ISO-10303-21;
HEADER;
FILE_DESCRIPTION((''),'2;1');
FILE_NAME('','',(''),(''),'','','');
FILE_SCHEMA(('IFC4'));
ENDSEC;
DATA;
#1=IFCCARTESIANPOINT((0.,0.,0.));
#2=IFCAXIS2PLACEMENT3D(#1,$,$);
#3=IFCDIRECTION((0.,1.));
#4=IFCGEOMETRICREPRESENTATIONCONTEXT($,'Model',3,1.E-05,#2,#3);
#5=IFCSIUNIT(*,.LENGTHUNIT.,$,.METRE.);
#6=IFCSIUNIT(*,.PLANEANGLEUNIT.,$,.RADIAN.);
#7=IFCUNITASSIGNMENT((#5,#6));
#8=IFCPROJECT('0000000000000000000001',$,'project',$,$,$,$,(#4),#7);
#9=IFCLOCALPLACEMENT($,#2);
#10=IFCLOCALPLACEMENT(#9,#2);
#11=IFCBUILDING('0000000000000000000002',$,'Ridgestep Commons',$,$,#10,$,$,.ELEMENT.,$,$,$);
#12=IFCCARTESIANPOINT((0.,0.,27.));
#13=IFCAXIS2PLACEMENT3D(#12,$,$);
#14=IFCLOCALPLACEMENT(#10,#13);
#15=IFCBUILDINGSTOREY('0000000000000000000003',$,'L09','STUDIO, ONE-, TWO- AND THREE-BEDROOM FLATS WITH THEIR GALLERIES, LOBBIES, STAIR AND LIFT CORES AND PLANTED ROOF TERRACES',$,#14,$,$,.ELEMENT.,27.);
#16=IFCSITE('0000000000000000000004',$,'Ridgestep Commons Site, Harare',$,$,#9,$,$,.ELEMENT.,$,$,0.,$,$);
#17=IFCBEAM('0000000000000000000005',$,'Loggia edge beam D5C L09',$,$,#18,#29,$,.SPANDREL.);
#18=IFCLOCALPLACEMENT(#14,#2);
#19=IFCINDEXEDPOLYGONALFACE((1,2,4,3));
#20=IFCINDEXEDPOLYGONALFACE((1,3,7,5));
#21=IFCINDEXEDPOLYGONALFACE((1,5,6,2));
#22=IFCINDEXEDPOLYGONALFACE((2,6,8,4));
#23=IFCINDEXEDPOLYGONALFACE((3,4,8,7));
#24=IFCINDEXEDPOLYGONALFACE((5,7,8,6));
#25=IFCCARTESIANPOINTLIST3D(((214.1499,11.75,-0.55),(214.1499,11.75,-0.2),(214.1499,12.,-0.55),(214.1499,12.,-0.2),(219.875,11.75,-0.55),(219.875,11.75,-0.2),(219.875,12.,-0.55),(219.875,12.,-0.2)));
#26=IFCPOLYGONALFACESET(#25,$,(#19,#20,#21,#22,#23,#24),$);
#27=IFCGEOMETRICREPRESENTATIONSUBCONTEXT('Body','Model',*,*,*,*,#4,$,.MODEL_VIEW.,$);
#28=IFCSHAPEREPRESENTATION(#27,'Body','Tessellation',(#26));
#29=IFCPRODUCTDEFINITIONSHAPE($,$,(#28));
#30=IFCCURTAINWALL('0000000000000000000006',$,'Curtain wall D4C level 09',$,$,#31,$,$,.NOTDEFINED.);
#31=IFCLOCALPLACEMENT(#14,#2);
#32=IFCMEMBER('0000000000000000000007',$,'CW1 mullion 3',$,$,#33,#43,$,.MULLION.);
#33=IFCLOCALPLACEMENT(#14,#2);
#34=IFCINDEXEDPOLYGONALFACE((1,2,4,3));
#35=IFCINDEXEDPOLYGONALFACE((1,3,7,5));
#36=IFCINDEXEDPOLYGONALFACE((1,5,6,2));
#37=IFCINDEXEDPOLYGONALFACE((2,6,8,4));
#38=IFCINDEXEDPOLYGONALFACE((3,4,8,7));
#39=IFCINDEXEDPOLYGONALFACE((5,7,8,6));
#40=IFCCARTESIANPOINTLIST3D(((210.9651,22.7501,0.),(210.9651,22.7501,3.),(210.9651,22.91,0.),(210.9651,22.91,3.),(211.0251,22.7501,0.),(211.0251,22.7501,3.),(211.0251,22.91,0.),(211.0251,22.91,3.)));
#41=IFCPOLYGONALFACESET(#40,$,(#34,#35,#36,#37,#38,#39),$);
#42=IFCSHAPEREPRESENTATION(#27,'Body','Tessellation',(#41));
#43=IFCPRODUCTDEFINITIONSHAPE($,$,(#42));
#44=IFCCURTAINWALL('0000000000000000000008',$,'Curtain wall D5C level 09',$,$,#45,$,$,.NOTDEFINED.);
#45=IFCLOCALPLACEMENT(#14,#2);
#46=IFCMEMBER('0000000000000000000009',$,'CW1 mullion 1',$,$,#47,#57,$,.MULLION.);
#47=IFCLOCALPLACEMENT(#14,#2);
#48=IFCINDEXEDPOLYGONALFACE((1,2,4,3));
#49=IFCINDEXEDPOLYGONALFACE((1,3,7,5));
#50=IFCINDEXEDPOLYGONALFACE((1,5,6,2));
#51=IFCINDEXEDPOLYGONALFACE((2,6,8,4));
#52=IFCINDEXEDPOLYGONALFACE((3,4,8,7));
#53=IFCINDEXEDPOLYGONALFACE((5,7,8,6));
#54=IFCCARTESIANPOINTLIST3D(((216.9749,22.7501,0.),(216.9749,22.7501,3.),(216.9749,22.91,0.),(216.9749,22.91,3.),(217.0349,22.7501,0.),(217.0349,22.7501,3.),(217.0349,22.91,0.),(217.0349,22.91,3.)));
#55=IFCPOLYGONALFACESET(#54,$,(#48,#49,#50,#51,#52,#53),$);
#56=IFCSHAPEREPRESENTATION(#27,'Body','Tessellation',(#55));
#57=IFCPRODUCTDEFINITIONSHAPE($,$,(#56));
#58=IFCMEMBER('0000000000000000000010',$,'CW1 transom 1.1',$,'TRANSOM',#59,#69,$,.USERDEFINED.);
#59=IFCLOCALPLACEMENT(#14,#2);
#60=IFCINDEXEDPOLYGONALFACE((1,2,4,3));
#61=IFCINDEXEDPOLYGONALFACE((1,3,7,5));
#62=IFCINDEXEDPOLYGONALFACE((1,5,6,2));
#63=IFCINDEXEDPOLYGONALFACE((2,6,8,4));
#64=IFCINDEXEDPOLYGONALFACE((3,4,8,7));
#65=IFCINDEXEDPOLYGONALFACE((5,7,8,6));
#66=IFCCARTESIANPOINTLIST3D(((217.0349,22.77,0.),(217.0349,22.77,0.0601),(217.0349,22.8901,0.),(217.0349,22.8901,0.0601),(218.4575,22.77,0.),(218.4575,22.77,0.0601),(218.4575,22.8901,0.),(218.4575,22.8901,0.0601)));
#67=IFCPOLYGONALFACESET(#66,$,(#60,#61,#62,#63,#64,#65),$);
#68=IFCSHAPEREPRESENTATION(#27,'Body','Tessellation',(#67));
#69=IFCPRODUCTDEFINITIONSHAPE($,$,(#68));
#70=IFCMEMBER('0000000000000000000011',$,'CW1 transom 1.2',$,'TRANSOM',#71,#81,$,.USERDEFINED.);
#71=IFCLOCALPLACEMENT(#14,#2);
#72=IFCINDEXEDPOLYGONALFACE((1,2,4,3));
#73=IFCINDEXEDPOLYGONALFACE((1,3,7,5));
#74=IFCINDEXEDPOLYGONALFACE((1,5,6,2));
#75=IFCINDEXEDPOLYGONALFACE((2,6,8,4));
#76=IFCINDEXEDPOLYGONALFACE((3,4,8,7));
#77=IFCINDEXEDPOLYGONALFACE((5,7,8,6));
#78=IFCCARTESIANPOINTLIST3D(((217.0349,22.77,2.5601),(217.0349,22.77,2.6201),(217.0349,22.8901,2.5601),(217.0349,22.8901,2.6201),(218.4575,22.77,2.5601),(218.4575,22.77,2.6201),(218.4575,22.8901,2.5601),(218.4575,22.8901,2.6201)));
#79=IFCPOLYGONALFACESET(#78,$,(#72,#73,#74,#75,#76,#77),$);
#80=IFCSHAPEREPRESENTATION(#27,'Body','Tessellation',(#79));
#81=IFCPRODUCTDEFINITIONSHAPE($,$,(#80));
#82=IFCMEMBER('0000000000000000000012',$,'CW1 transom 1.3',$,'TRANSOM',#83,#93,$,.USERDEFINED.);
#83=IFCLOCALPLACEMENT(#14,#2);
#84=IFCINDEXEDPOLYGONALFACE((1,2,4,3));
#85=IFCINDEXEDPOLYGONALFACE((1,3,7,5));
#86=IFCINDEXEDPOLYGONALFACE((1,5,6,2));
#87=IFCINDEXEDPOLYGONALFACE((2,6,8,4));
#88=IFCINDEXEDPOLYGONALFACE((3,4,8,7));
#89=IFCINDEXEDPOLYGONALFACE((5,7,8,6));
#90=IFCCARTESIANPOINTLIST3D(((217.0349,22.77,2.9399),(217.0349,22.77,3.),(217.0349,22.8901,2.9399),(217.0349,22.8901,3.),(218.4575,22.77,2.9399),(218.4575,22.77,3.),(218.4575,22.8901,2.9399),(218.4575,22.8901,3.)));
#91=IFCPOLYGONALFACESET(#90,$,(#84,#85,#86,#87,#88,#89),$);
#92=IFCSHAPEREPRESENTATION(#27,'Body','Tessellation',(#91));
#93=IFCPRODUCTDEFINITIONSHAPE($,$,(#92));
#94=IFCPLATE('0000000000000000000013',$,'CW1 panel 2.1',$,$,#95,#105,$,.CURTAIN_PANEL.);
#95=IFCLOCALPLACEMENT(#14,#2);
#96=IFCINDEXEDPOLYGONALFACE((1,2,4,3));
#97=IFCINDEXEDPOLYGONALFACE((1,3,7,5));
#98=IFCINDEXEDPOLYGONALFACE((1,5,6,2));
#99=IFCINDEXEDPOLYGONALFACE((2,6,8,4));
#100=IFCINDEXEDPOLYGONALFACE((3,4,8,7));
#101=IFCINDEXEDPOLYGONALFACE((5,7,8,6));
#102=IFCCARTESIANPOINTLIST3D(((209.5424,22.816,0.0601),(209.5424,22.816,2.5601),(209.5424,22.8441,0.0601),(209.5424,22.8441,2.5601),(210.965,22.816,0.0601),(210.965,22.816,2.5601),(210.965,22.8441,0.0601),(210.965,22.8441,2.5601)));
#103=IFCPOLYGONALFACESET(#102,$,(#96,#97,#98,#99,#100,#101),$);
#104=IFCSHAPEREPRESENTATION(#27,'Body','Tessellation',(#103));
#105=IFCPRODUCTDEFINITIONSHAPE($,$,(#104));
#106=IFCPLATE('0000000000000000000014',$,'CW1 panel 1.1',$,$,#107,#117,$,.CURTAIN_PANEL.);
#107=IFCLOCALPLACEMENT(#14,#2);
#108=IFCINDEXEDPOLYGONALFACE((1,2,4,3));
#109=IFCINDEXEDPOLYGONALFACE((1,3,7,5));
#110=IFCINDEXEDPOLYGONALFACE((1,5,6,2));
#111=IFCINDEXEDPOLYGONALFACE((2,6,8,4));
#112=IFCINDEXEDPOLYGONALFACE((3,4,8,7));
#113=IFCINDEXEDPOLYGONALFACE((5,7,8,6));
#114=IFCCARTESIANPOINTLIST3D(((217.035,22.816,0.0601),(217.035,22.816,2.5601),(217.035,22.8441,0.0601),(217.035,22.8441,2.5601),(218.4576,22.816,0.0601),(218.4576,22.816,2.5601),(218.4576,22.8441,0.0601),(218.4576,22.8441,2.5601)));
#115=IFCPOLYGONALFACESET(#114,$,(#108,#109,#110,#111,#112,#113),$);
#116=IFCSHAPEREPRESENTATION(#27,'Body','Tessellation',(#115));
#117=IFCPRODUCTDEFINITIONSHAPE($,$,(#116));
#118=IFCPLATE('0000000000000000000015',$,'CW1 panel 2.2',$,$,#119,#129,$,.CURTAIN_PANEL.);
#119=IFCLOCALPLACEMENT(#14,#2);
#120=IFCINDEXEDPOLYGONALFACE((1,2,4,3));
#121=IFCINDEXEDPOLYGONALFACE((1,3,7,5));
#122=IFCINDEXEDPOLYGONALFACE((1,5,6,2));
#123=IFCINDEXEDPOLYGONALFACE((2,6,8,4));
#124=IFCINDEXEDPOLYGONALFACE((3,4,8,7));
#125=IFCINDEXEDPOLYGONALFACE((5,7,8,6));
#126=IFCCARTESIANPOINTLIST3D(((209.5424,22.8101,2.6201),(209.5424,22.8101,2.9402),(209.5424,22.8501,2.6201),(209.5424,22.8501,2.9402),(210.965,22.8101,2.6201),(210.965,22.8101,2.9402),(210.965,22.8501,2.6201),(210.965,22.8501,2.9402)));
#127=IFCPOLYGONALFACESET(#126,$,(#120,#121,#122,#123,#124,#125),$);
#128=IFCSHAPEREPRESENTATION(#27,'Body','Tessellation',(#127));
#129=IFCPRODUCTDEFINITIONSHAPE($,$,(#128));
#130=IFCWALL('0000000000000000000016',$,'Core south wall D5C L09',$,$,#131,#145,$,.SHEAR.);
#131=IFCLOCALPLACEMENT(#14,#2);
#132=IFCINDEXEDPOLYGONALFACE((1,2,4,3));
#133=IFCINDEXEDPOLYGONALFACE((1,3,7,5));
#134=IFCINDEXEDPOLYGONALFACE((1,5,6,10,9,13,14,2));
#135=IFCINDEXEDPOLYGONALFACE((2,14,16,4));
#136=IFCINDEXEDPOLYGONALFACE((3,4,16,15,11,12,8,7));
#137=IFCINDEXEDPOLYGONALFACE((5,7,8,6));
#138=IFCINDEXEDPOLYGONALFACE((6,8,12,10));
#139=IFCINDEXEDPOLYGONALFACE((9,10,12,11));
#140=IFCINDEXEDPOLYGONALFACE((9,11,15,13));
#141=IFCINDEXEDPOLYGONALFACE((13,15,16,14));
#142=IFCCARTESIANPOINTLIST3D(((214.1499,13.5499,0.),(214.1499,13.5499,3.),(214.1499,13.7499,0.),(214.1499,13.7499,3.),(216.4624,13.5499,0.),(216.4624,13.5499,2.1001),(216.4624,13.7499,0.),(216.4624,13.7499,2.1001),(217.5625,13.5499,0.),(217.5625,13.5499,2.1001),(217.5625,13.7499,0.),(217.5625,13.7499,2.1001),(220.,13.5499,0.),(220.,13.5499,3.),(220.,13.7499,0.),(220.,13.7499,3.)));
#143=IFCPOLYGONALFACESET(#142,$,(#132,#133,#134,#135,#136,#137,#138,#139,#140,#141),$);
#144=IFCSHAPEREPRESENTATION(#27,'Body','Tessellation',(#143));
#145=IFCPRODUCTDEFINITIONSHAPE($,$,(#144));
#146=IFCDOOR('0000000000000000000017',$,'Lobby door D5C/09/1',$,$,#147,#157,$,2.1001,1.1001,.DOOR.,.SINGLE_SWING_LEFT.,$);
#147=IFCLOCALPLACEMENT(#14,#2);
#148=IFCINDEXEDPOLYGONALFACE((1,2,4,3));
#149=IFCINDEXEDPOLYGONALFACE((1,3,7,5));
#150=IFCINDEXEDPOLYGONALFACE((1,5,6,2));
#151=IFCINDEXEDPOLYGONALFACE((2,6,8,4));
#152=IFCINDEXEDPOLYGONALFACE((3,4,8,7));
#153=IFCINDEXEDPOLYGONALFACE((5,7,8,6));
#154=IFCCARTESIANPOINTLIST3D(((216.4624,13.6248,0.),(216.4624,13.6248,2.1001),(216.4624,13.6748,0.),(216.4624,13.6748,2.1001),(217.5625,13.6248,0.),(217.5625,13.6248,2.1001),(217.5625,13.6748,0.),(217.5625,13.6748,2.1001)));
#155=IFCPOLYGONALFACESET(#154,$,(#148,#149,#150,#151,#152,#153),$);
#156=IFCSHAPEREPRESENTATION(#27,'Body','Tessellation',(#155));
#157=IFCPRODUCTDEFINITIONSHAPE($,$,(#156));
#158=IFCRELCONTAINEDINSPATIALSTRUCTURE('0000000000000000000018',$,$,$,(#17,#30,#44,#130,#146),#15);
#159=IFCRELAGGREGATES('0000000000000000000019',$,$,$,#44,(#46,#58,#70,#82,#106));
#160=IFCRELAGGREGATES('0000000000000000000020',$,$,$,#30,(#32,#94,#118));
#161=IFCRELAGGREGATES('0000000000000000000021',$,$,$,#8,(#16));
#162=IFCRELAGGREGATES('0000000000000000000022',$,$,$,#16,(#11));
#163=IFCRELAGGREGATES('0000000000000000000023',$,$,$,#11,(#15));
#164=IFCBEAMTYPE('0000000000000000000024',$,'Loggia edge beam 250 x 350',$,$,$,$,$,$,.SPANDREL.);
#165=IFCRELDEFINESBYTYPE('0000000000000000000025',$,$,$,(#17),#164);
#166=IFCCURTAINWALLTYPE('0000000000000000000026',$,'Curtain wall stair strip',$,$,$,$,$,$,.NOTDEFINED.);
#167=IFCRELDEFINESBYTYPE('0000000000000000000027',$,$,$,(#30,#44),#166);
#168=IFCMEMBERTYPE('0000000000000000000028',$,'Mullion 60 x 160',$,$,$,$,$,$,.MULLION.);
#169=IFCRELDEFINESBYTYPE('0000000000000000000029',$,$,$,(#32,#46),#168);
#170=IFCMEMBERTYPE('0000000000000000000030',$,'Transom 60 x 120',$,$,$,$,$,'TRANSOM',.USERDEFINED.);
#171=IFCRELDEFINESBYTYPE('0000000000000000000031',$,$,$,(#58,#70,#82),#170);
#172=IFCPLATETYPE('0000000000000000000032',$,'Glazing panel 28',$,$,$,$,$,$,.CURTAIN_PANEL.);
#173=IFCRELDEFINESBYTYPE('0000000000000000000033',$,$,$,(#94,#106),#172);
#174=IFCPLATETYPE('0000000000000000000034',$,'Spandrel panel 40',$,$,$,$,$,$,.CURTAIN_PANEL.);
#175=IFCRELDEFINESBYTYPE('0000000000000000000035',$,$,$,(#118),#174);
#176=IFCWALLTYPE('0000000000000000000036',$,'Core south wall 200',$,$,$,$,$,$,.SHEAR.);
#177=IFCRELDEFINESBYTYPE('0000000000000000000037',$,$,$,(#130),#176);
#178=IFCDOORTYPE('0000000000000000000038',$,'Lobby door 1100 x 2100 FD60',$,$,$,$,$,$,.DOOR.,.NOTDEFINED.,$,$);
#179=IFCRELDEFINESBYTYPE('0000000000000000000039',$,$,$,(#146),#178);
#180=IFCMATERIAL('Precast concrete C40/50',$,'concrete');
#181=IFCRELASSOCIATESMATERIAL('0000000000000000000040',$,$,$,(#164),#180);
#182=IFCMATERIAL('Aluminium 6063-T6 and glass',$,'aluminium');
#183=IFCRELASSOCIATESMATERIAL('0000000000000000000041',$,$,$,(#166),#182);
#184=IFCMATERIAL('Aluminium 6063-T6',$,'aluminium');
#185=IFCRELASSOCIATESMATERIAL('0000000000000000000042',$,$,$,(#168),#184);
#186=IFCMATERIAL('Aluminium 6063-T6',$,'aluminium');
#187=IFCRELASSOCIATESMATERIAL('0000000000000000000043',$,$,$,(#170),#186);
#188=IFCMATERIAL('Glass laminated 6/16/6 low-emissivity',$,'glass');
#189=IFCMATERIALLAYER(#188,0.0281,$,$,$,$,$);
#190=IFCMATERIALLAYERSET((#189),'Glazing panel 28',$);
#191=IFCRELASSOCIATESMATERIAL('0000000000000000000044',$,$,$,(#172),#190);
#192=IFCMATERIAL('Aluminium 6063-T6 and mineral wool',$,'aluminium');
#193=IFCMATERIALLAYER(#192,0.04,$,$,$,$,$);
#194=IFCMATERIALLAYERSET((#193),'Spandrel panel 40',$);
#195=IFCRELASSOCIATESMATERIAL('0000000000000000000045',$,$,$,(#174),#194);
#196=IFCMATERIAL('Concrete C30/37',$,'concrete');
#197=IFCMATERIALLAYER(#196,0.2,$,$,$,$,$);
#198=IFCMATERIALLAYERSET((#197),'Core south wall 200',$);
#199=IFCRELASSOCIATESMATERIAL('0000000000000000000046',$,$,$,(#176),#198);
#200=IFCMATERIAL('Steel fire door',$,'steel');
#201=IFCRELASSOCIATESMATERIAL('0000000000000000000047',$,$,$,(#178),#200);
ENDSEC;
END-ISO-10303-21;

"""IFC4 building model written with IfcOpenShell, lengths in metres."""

from ifc_helpers import new_model, si_unit, direction, frame, frame_2d, origin, origin_2d, place, context, subcontext, project, spatial, rectangle, extrude, material, layer, layer_set, material_profile, profile_set, type_object, element, fill, aggregate, save


model = new_model("IFC4")

# Units and contexts
model_context = context("Model", 3, precision=1e-05, world=origin(), true_north=direction((0.0, 1.0)))
body_context = subcontext(model_context, "Body", "Model", "MODEL_VIEW")
ifc_project = project(units=[si_unit("LENGTHUNIT", "METRE"), si_unit("PLANEANGLEUNIT", "RADIAN")], contexts=[model_context])

# Site, building, storey
site_placement = place(None, origin())
site = spatial("IfcSite", under=ifc_project, at=site_placement, Name="Ridgestep Commons Site, Harare", CompositionType="ELEMENT", RefElevation=0.0)
building_placement = place(site_placement, origin())
building = spatial("IfcBuilding", under=site, at=building_placement, Name="Ridgestep Commons", CompositionType="ELEMENT")
storey_placement = place(building_placement, frame((0.0, 0.0, 27.0)))
storey = spatial("IfcBuildingStorey", under=building, at=storey_placement, Name="L09", Description="STUDIO, ONE-, TWO- AND THREE-BEDROOM FLATS WITH THEIR GALLERIES, LOBBIES, STAIR AND LIFT CORES AND PLANTED ROOF TERRACES", CompositionType="ELEMENT", Elevation=27.0)

# Beam
ifc_material_1 = material(Name="Precast concrete C40/50", Category="concrete")
ifc_material_profile_1 = material_profile(ifc_material_1, rectangle(XDim=0.25, YDim=0.3501, at=origin_2d()), Name="PC 250x350")
ifc_profile_set_1 = profile_set([ifc_material_profile_1], Name="Precast concrete C40/50")
beam_type = type_object("IfcBeamType", Name="Loggia edge beam 250 x 350", PredefinedType="SPANDREL", material=ifc_profile_set_1)
beam_placement = place(storey_placement, frame((214.1499, 11.875, -0.375), z_axis=(1.0, 0.0, 0.0), x_axis=(0.0, 1.0, 0.0)))
element("IfcBeam", 1, at=beam_placement, inside=storey, type_object=beam_type, Name="Loggia edge beam D5C L09", PredefinedType="SPANDREL", context=body_context, shape_type="SweptSolid", body=[
    extrude(rectangle(XDim=0.25, YDim=0.3501, at=origin_2d()), origin(), (0.0, 0.0, 1.0), 5.7251),
])

# Curtain wall, member
ifc_material_2 = material(Name="Aluminium 6063-T6 and glass", Category="aluminium")
curtain_wall_type = type_object("IfcCurtainWallType", Name="Curtain wall stair strip", PredefinedType="NOTDEFINED", material=ifc_material_2)
curtain_wall_1_placement = place(storey_placement, origin())
curtain_wall_1 = element("IfcCurtainWall", 2, at=curtain_wall_1_placement, inside=storey, type_object=curtain_wall_type, Name="Curtain wall D4C level 09", PredefinedType="NOTDEFINED")
ifc_material_3 = material(Name="Aluminium 6063-T6", Category="aluminium")
ifc_material_profile_2 = material_profile(ifc_material_3, rectangle(XDim=0.1599, YDim=0.0601, at=origin_2d()), Name="Mullion 60 x 160")
ifc_profile_set_2 = profile_set([ifc_material_profile_2], Name="Aluminium 6063-T6")
member_type_1 = type_object("IfcMemberType", Name="Mullion 60 x 160", PredefinedType="MULLION", material=ifc_profile_set_2)
member_1_placement = place(storey_placement, frame((210.9951, 22.8301, 0.0), z_axis=(0.0, 0.0, 1.0), x_axis=(0.0, 1.0, 0.0)))
member_1 = element("IfcMember", 3, at=member_1_placement, type_object=member_type_1, Name="CW1 mullion 3", PredefinedType="MULLION", context=body_context, shape_type="SweptSolid", body=[
    extrude(rectangle(XDim=0.1599, YDim=0.0601, at=origin_2d()), origin(), (0.0, 0.0, 1.0), 3.0),
])

# Curtain wall, members
curtain_wall_2_placement = place(storey_placement, origin())
curtain_wall_2 = element("IfcCurtainWall", 4, at=curtain_wall_2_placement, inside=storey, type_object=curtain_wall_type, Name="Curtain wall D5C level 09", PredefinedType="NOTDEFINED")
member_2_placement = place(storey_placement, frame((217.0049, 22.8301, 0.0), z_axis=(0.0, 0.0, 1.0), x_axis=(0.0, 1.0, 0.0)))
member_2 = element("IfcMember", 5, at=member_2_placement, type_object=member_type_1, Name="CW1 mullion 1", PredefinedType="MULLION", context=body_context, shape_type="SweptSolid", body=[
    extrude(rectangle(XDim=0.1599, YDim=0.0601, at=origin_2d()), origin(), (0.0, 0.0, 1.0), 3.0),
])
ifc_material_4 = material(Name="Aluminium 6063-T6", Category="aluminium")
ifc_material_profile_3 = material_profile(ifc_material_4, rectangle(XDim=0.1201, YDim=0.0601, at=origin_2d()), Name="Transom 60 x 120")
ifc_profile_set_3 = profile_set([ifc_material_profile_3], Name="Aluminium 6063-T6")
member_type_2 = type_object("IfcMemberType", Name="Transom 60 x 120", ElementType="TRANSOM", PredefinedType="USERDEFINED", material=ifc_profile_set_3)
member_3_placement = place(storey_placement, frame((217.0349, 22.8301, 0.03), z_axis=(1.0, 0.0, 0.0), x_axis=(0.0, 1.0, 0.0)))
member_3 = element("IfcMember", 6, at=member_3_placement, type_object=member_type_2, Name="CW1 transom 1.1", ObjectType="TRANSOM", PredefinedType="USERDEFINED", context=body_context, shape_type="SweptSolid", body=[
    extrude(rectangle(XDim=0.1201, YDim=0.0601, at=origin_2d()), origin(), (0.0, 0.0, 1.0), 1.4226),
])
member_4_placement = place(storey_placement, frame((217.0349, 22.8301, 2.5901), z_axis=(1.0, 0.0, 0.0), x_axis=(0.0, 1.0, 0.0)))
member_4 = element("IfcMember", 7, at=member_4_placement, type_object=member_type_2, Name="CW1 transom 1.2", ObjectType="TRANSOM", PredefinedType="USERDEFINED", context=body_context, shape_type="SweptSolid", body=[
    extrude(rectangle(XDim=0.1201, YDim=0.0601, at=origin_2d()), origin(), (0.0, 0.0, 1.0), 1.4226),
])
member_5_placement = place(storey_placement, frame((217.0349, 22.8301, 2.97), z_axis=(1.0, 0.0, 0.0), x_axis=(0.0, 1.0, 0.0)))
member_5 = element("IfcMember", 8, at=member_5_placement, type_object=member_type_2, Name="CW1 transom 1.3", ObjectType="TRANSOM", PredefinedType="USERDEFINED", context=body_context, shape_type="SweptSolid", body=[
    extrude(rectangle(XDim=0.1201, YDim=0.0601, at=origin_2d()), origin(), (0.0, 0.0, 1.0), 1.4226),
])

# Plates
ifc_material_5 = material(Name="Glass laminated 6/16/6 low-emissivity", Category="glass")
ifc_layer_1 = layer(ifc_material_5, 0.0281)
ifc_layer_set_1 = layer_set([ifc_layer_1], Name="Glazing panel 28")
plate_type_1 = type_object("IfcPlateType", Name="Glazing panel 28", PredefinedType="CURTAIN_PANEL", material=ifc_layer_set_1)
plate_1_placement = place(storey_placement, frame((210.2537, 22.8301, 0.0601), z_axis=(0.0, 0.0, 1.0), x_axis=(1.0, 0.0, 0.0)))
plate_1 = element("IfcPlate", 9, at=plate_1_placement, type_object=plate_type_1, Name="CW1 panel 2.1", PredefinedType="CURTAIN_PANEL", context=body_context, shape_type="SweptSolid", body=[
    extrude(rectangle(XDim=1.4226, YDim=0.0281, at=origin_2d()), origin(), (0.0, 0.0, 1.0), 2.5),
])
plate_2_placement = place(storey_placement, frame((217.7463, 22.8301, 0.0601), z_axis=(0.0, 0.0, 1.0), x_axis=(1.0, 0.0, 0.0)))
plate_2 = element("IfcPlate", 10, at=plate_2_placement, type_object=plate_type_1, Name="CW1 panel 1.1", PredefinedType="CURTAIN_PANEL", context=body_context, shape_type="SweptSolid", body=[
    extrude(rectangle(XDim=1.4226, YDim=0.0281, at=origin_2d()), origin(), (0.0, 0.0, 1.0), 2.5),
])
aggregate(curtain_wall_2, [member_2, member_3, member_4, member_5, plate_2])
ifc_material_6 = material(Name="Aluminium 6063-T6 and mineral wool", Category="aluminium")
ifc_layer_2 = layer(ifc_material_6, 0.04)
ifc_layer_set_2 = layer_set([ifc_layer_2], Name="Spandrel panel 40")
plate_type_2 = type_object("IfcPlateType", Name="Spandrel panel 40", PredefinedType="CURTAIN_PANEL", material=ifc_layer_set_2)
plate_3_placement = place(storey_placement, frame((210.2537, 22.8301, 2.6201), z_axis=(0.0, 0.0, 1.0), x_axis=(1.0, 0.0, 0.0)))
plate_3 = element("IfcPlate", 11, at=plate_3_placement, type_object=plate_type_2, Name="CW1 panel 2.2", PredefinedType="CURTAIN_PANEL", context=body_context, shape_type="SweptSolid", body=[
    extrude(rectangle(XDim=1.4226, YDim=0.04, at=origin_2d()), origin(), (0.0, 0.0, 1.0), 0.3201),
])
aggregate(curtain_wall_1, [member_1, plate_1, plate_3])

# Wall, opening, door
ifc_material_7 = material(Name="Concrete C30/37", Category="concrete")
ifc_layer_3 = layer(ifc_material_7, 0.2)
ifc_layer_set_3 = layer_set([ifc_layer_3], Name="Core south wall 200")
wall_type_1 = type_object("IfcWallType", Name="Core south wall 200", PredefinedType="SHEAR", material=ifc_layer_set_3)
wall_1_placement = place(storey_placement, frame((214.1499, 13.6499, 0.0), z_axis=(0.0, 0.0, 1.0), x_axis=(1.0, 0.0, 0.0)))
wall_1 = element("IfcWall", 12, at=wall_1_placement, inside=storey, type_object=wall_type_1, Name="Core south wall D5C L09", PredefinedType="SHEAR", context=body_context, shape_type="SweptSolid", body=[
    extrude(rectangle(XDim=5.8501, YDim=0.2, at=frame_2d((2.925, 0.0))), origin(), (0.0, 0.0, 1.0), 3.0),
])
opening_1_placement = place(wall_1_placement, frame((2.3125, 0.0, 0.0)))
opening_1 = element("IfcOpeningElement", 13, at=opening_1_placement, cuts=wall_1, PredefinedType="OPENING", context=body_context, shape_type="SweptSolid", body=[
    extrude(rectangle(XDim=1.1001, YDim=2.1001, at=frame_2d((0.55, 1.05))), frame((0.0, 0.1099, 0.0), z_axis=(0.0, -1.0, 0.0), x_axis=(1.0, 0.0, 0.0)), (0.0, 0.0, 1.0), 0.22),
])
ifc_material_8 = material(Name="Steel fire door", Category="steel")
door_type_1 = type_object("IfcDoorType", Name="Lobby door 1100 x 2100 FD60", OperationType="NOTDEFINED", PredefinedType="DOOR", material=ifc_material_8)
door_1_placement = place(opening_1_placement, origin())
door_1 = element("IfcDoor", 14, at=door_1_placement, inside=storey, type_object=door_type_1, Name="Lobby door D5C/09/1", OperationType="SINGLE_SWING_LEFT", OverallHeight=2.1001, OverallWidth=1.1001, PredefinedType="DOOR", context=body_context, shape_type="SweptSolid", body=[
    extrude(rectangle(XDim=1.1001, YDim=2.1001, at=frame_2d((0.55, 1.05))), frame((0.0, 0.0249, 0.0), z_axis=(0.0, -1.0, 0.0), x_axis=(1.0, 0.0, 0.0)), (0.0, 0.0, 1.0), 0.05),
])
fill(opening_1, door_1)

save(model, "model.ifc")
